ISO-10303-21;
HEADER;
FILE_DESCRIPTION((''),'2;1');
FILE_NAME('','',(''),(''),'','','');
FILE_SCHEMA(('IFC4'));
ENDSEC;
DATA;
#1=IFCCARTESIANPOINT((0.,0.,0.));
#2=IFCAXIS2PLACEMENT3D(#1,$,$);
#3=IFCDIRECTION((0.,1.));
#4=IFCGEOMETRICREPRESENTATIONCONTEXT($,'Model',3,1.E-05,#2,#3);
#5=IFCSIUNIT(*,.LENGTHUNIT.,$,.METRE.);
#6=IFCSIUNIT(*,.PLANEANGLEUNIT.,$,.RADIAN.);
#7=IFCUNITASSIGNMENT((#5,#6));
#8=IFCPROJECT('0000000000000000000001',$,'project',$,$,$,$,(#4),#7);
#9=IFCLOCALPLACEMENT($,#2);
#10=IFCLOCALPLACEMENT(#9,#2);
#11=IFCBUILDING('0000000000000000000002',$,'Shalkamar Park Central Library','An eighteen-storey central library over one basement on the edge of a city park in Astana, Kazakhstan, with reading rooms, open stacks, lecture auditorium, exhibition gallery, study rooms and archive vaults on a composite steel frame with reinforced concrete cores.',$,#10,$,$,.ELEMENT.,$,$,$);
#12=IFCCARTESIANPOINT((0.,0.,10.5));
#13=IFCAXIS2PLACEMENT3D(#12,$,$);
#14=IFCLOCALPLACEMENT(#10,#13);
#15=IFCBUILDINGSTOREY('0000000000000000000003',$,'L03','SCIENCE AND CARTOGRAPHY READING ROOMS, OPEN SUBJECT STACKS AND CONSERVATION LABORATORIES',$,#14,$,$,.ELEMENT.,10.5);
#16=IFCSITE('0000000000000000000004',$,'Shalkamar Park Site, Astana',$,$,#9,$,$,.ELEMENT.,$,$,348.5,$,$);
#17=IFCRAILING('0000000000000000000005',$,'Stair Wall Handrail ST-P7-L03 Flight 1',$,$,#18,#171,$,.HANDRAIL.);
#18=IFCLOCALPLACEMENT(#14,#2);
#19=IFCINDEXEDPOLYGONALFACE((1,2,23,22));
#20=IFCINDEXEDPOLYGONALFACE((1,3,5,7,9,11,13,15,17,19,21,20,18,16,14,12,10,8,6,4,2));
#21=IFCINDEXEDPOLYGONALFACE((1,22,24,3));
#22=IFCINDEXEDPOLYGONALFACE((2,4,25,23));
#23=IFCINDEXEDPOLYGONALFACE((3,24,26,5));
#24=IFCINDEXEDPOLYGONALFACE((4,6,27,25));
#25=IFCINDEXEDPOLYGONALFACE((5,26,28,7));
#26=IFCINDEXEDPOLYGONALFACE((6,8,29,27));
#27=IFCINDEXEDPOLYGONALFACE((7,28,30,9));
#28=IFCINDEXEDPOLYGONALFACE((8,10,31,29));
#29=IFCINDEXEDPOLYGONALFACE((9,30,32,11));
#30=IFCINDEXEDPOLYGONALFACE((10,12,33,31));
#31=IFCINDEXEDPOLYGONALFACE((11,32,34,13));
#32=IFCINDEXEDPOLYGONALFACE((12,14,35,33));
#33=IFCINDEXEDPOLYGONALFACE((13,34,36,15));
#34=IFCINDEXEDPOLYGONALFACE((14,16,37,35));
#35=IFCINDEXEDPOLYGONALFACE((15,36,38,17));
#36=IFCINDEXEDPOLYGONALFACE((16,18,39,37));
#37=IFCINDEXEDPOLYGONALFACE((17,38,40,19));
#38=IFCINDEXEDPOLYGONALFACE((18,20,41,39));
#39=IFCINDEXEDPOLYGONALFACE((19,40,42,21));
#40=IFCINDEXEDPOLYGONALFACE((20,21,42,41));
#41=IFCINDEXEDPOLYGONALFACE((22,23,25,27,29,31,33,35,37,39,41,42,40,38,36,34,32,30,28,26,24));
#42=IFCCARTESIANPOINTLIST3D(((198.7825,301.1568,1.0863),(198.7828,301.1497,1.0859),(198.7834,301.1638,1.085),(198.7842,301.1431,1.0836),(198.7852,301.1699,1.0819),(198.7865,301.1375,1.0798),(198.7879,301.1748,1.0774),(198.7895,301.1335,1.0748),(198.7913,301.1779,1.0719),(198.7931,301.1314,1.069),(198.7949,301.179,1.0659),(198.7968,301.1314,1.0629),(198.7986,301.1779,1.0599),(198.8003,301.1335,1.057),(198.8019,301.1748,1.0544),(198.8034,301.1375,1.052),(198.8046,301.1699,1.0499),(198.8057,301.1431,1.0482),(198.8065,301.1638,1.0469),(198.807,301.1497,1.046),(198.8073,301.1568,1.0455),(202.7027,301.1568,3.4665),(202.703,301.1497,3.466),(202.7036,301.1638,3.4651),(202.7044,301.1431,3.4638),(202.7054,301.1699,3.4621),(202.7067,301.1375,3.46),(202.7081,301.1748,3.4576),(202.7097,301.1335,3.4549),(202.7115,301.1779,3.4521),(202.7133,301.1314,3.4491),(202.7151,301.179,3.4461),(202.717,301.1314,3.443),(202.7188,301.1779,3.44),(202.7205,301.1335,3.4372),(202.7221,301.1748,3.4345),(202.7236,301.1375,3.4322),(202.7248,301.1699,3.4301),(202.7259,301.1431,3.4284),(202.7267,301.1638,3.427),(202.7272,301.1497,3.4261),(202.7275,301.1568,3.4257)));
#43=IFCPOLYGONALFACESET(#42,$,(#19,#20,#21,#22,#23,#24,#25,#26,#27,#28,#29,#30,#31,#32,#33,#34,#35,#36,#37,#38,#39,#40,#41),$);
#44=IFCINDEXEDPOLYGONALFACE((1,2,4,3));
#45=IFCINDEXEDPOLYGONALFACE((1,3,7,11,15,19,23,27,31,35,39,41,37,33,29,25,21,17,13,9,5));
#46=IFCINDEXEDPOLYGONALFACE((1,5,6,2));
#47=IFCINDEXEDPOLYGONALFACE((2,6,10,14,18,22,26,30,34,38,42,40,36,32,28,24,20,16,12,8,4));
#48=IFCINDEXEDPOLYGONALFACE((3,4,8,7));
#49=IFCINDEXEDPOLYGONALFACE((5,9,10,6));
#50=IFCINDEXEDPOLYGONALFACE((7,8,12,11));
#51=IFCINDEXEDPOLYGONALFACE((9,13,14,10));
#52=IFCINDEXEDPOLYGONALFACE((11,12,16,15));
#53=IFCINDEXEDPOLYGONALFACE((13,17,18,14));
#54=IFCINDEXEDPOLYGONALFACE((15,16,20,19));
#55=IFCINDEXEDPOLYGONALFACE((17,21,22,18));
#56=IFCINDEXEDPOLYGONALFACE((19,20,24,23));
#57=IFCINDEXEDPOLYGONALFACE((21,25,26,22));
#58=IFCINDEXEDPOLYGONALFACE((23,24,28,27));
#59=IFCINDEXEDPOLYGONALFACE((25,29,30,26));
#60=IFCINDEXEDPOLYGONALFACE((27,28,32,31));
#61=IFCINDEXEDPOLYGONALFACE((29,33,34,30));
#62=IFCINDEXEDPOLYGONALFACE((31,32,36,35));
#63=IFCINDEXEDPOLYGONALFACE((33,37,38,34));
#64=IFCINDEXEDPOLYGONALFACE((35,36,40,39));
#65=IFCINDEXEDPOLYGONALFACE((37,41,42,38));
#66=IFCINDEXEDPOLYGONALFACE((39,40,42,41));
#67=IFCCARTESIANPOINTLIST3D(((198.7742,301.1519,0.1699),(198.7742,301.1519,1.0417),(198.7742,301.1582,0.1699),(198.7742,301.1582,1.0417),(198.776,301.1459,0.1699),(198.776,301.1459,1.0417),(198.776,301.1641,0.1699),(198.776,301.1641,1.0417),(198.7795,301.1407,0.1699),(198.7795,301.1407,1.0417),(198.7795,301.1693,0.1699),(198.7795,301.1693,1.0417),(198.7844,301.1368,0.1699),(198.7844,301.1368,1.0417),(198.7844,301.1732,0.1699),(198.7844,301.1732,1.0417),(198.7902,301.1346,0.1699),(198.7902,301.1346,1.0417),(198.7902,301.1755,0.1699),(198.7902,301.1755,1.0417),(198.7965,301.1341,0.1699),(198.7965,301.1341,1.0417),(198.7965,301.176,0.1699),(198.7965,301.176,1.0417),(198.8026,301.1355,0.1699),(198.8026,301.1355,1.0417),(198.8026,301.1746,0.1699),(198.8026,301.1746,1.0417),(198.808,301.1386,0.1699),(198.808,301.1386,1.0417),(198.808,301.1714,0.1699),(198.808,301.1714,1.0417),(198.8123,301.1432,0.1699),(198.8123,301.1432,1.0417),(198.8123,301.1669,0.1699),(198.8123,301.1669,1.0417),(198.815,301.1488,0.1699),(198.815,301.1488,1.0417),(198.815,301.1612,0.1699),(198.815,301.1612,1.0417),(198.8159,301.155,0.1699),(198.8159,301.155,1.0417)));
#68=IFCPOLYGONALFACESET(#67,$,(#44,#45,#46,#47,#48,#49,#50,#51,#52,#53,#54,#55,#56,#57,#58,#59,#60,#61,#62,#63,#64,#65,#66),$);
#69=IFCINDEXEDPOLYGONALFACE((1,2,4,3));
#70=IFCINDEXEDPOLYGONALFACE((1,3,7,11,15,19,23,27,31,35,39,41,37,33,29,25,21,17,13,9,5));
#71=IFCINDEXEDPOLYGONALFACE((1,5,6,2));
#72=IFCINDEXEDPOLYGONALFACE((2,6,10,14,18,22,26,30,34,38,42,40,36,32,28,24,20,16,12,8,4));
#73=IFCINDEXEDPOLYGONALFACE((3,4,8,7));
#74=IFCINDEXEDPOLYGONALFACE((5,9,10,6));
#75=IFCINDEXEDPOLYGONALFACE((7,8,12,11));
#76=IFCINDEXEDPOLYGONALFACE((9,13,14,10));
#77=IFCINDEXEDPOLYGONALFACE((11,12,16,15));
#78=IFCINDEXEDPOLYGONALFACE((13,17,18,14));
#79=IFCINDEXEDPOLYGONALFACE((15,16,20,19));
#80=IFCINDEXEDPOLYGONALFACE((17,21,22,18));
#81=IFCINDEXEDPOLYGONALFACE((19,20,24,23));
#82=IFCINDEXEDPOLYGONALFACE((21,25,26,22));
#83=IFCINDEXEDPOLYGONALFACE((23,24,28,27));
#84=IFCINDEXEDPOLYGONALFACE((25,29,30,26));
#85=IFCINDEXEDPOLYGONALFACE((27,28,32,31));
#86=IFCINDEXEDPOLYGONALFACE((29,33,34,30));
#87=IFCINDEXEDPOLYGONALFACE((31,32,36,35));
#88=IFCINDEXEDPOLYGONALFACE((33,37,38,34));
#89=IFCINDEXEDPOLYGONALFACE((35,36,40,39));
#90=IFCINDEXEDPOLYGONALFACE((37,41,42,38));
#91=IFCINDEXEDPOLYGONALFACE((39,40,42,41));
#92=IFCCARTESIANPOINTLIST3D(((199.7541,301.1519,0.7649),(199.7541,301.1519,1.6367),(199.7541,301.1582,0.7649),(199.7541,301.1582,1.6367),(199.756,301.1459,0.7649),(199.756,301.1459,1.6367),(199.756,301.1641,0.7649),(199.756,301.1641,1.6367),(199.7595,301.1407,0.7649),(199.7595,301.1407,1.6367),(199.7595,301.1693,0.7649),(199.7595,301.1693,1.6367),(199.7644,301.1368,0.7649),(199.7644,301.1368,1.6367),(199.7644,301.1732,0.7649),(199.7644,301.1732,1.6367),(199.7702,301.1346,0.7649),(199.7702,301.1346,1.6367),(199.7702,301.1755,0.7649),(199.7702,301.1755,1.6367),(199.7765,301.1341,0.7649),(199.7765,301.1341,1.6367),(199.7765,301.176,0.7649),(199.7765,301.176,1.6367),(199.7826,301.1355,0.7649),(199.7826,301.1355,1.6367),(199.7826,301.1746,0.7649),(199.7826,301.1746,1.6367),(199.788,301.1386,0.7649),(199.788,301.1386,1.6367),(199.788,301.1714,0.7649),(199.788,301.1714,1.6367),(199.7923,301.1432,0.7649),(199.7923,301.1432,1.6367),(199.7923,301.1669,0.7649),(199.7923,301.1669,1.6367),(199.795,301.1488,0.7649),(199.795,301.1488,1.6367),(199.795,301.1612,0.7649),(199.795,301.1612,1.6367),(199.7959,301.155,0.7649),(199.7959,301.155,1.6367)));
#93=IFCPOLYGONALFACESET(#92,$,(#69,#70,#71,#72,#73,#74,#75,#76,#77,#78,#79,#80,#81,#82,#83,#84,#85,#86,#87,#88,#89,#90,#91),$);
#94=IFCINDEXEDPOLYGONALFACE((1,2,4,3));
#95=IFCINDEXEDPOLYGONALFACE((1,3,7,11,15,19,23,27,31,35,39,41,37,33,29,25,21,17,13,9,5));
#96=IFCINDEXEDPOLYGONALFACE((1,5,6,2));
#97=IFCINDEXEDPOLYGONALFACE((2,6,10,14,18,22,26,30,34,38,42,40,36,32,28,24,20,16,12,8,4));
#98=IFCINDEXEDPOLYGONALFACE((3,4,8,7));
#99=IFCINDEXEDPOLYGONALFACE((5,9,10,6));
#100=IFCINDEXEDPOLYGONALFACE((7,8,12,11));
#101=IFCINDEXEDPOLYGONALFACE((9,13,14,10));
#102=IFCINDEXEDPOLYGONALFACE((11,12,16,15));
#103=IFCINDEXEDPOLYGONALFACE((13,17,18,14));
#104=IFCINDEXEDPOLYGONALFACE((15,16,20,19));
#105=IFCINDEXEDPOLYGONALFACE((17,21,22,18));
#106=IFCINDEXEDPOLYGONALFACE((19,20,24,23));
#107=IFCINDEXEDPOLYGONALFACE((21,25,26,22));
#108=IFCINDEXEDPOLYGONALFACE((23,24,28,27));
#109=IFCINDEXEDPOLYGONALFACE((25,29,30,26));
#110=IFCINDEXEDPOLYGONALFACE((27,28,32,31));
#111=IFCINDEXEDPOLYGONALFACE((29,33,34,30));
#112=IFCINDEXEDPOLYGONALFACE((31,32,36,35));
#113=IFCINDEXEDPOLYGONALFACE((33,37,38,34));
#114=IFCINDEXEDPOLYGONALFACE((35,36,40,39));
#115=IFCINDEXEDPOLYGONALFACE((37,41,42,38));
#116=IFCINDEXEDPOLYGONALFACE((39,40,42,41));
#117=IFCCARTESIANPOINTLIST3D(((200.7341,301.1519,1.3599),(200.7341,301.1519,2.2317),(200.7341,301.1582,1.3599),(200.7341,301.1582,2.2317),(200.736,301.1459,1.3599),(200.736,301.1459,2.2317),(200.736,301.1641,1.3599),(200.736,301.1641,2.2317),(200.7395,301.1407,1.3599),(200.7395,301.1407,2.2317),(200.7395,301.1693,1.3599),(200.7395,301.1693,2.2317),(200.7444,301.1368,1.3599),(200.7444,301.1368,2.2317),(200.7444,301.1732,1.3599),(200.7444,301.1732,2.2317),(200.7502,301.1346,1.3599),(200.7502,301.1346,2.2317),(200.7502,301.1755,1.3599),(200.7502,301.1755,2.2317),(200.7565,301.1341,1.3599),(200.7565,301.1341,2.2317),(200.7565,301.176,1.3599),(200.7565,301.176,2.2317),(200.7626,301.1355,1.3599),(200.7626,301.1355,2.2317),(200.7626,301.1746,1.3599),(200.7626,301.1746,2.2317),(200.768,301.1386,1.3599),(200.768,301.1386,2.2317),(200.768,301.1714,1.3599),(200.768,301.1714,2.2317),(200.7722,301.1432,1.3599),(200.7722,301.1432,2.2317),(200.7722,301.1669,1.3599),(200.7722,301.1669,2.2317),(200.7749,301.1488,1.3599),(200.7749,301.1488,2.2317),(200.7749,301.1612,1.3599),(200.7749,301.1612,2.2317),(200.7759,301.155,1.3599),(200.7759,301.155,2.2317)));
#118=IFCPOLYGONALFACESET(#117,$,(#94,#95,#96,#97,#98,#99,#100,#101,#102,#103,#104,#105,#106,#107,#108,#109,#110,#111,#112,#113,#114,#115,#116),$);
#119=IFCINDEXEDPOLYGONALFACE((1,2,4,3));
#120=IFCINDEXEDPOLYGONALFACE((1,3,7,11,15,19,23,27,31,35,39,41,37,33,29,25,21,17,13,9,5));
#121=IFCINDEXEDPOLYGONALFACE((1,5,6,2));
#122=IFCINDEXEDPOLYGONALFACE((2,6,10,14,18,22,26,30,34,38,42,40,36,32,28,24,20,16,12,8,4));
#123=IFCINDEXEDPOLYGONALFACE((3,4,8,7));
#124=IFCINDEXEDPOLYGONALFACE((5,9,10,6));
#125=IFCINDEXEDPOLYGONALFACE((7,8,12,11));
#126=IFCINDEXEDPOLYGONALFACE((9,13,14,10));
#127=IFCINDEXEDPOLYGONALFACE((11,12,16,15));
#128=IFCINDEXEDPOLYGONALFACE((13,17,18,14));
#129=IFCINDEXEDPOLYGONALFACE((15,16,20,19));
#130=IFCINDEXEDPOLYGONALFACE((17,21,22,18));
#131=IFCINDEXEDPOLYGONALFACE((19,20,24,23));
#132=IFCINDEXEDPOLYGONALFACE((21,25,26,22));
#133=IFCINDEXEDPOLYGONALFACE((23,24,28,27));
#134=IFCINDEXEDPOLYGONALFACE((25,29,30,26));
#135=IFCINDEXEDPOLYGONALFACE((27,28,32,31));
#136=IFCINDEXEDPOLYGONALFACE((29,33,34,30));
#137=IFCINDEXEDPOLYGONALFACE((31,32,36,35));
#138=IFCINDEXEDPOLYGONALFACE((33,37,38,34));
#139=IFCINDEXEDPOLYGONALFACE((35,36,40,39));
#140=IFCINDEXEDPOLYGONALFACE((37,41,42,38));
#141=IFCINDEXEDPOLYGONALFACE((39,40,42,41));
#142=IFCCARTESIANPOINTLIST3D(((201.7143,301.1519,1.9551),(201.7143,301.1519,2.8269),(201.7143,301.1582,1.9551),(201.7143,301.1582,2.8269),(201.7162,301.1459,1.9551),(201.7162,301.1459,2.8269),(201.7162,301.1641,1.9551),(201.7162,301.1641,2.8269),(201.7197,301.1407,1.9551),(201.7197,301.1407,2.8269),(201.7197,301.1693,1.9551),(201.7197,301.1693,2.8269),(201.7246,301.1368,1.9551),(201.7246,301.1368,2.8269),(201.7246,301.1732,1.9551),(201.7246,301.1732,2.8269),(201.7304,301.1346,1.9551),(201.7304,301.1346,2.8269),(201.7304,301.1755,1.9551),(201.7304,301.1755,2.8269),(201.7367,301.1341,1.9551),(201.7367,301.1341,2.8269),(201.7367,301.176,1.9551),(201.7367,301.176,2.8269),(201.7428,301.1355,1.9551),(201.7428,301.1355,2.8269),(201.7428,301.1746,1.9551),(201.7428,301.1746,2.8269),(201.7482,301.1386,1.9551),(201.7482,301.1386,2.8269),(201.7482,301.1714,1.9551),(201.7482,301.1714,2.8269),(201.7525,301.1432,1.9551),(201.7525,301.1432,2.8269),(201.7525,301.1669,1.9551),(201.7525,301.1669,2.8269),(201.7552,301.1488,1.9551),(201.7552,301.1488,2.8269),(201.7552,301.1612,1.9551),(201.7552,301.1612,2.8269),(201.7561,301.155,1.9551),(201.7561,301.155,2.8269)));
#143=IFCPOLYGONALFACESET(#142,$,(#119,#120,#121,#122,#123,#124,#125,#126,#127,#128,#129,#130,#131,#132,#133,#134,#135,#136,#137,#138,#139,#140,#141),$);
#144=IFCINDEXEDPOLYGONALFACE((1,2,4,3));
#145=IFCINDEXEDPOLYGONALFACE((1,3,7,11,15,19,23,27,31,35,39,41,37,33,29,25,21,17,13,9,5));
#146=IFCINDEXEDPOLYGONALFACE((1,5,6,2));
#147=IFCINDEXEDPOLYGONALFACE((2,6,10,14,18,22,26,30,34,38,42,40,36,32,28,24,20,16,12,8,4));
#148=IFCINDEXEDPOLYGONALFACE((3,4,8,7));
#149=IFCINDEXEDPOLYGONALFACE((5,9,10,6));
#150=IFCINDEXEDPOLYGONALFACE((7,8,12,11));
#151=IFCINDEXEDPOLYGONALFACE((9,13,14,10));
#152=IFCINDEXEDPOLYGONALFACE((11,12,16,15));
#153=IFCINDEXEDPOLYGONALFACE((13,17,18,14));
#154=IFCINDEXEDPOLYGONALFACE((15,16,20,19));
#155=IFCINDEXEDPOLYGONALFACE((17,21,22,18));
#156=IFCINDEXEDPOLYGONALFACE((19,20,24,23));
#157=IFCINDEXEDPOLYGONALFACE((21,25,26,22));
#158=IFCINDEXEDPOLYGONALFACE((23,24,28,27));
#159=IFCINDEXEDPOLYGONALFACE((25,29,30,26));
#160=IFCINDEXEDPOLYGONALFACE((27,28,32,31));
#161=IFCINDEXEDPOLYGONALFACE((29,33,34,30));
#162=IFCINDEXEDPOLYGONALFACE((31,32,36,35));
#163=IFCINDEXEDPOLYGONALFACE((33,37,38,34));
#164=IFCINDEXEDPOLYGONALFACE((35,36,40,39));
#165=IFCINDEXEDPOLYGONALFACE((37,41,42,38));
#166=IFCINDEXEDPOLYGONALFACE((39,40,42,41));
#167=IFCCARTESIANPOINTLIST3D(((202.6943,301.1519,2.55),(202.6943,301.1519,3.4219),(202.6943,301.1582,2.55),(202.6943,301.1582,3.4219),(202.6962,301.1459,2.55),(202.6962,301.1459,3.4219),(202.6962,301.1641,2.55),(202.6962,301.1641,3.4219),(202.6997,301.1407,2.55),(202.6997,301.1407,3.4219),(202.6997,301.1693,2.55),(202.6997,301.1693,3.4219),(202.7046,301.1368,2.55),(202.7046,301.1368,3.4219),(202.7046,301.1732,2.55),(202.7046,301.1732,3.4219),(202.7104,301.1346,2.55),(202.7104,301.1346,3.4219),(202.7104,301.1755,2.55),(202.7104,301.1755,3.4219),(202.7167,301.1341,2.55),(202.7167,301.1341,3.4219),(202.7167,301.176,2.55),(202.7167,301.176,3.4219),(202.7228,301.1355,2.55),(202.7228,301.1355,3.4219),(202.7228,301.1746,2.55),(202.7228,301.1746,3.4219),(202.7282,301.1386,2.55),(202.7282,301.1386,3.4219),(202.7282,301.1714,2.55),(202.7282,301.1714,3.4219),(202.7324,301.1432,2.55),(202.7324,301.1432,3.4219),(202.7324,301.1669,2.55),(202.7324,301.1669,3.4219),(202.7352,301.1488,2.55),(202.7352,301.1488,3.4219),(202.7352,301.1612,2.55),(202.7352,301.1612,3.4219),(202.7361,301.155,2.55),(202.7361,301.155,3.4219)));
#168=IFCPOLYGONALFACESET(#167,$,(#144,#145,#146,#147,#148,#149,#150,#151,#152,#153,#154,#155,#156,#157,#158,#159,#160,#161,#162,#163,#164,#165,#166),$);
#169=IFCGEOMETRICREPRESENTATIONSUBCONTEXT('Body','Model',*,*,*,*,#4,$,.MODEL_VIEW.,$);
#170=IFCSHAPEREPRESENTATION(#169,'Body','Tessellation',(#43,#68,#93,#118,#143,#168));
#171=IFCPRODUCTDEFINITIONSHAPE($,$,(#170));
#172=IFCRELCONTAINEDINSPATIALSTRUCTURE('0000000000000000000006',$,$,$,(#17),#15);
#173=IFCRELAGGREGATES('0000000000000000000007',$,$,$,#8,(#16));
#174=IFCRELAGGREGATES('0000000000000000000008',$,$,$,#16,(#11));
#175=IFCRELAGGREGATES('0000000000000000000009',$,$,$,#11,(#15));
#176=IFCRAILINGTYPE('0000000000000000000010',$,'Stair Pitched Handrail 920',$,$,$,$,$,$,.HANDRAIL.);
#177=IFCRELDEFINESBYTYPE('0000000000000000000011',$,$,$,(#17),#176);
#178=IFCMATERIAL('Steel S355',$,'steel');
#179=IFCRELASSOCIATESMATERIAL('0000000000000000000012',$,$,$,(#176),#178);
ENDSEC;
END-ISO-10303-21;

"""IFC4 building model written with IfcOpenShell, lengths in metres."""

from ifc_helpers import new_model, si_unit, direction, frame, origin, origin_2d, place, context, subcontext, project, spatial, circle, extrude, material, type_object, element, save


model = new_model("IFC4")

# Units and contexts
model_context = context("Model", 3, precision=1e-05, world=origin(), true_north=direction((0.0, 1.0)))
body_context = subcontext(model_context, "Body", "Model", "MODEL_VIEW")
ifc_project = project(units=[si_unit("LENGTHUNIT", "METRE"), si_unit("PLANEANGLEUNIT", "RADIAN")], contexts=[model_context])

# Site, building, storey
site_placement = place(None, origin())
site = spatial("IfcSite", under=ifc_project, at=site_placement, Name="Shalkamar Park Site, Astana", CompositionType="ELEMENT", RefElevation=348.5)
building_placement = place(site_placement, origin())
building = spatial("IfcBuilding", under=site, at=building_placement, Name="Shalkamar Park Central Library", Description="An eighteen-storey central library over one basement on the edge of a city park in Astana, Kazakhstan, with reading rooms, open stacks, lecture auditorium, exhibition gallery, study rooms and archive vaults on a composite steel frame with reinforced concrete cores.", CompositionType="ELEMENT")
storey_placement = place(building_placement, frame((0.0, 0.0, 10.5)))
storey = spatial("IfcBuildingStorey", under=building, at=storey_placement, Name="L03", Description="SCIENCE AND CARTOGRAPHY READING ROOMS, OPEN SUBJECT STACKS AND CONSERVATION LABORATORIES", CompositionType="ELEMENT", Elevation=10.5)

# Shared definitions
ifc_material_1 = material(Name="Steel S355", Category="steel")

# Railing
railing_type = type_object("IfcRailingType", Name="Stair Pitched Handrail 920", PredefinedType="HANDRAIL", material=ifc_material_1)
railing_placement = place(storey_placement, frame((198.7949, 301.155, 0.1699)))
element("IfcRailing", 1, at=railing_placement, inside=storey, type_object=railing_type, Name="Stair Wall Handrail ST-P7-L03 Flight 1", PredefinedType="HANDRAIL", context=body_context, shape_type="SweptSolid", body=[
    extrude(circle(Radius=0.0239, at=origin_2d()), frame((0.0, 0.0, 0.896), z_axis=(0.854785, 0.0, 0.518982), x_axis=(0.0, 1.0, 0.0)), (0.0, 0.0, 1.0), 4.5862),
    extrude(circle(Radius=0.021, at=origin_2d()), origin(), (0.0, 0.0, 1.0), 0.8718),
    extrude(circle(Radius=0.021, at=origin_2d()), frame((0.98, 0.0, 0.595)), (0.0, 0.0, 1.0), 0.8718),
    extrude(circle(Radius=0.021, at=origin_2d()), frame((1.96, 0.0, 1.1899)), (0.0, 0.0, 1.0), 0.8718),
    extrude(circle(Radius=0.021, at=origin_2d()), frame((2.9402, 0.0, 1.7852)), (0.0, 0.0, 1.0), 0.8718),
    extrude(circle(Radius=0.021, at=origin_2d()), frame((3.9202, 0.0, 2.3801)), (0.0, 0.0, 1.0), 0.8718),
])

save(model, "model.ifc")
